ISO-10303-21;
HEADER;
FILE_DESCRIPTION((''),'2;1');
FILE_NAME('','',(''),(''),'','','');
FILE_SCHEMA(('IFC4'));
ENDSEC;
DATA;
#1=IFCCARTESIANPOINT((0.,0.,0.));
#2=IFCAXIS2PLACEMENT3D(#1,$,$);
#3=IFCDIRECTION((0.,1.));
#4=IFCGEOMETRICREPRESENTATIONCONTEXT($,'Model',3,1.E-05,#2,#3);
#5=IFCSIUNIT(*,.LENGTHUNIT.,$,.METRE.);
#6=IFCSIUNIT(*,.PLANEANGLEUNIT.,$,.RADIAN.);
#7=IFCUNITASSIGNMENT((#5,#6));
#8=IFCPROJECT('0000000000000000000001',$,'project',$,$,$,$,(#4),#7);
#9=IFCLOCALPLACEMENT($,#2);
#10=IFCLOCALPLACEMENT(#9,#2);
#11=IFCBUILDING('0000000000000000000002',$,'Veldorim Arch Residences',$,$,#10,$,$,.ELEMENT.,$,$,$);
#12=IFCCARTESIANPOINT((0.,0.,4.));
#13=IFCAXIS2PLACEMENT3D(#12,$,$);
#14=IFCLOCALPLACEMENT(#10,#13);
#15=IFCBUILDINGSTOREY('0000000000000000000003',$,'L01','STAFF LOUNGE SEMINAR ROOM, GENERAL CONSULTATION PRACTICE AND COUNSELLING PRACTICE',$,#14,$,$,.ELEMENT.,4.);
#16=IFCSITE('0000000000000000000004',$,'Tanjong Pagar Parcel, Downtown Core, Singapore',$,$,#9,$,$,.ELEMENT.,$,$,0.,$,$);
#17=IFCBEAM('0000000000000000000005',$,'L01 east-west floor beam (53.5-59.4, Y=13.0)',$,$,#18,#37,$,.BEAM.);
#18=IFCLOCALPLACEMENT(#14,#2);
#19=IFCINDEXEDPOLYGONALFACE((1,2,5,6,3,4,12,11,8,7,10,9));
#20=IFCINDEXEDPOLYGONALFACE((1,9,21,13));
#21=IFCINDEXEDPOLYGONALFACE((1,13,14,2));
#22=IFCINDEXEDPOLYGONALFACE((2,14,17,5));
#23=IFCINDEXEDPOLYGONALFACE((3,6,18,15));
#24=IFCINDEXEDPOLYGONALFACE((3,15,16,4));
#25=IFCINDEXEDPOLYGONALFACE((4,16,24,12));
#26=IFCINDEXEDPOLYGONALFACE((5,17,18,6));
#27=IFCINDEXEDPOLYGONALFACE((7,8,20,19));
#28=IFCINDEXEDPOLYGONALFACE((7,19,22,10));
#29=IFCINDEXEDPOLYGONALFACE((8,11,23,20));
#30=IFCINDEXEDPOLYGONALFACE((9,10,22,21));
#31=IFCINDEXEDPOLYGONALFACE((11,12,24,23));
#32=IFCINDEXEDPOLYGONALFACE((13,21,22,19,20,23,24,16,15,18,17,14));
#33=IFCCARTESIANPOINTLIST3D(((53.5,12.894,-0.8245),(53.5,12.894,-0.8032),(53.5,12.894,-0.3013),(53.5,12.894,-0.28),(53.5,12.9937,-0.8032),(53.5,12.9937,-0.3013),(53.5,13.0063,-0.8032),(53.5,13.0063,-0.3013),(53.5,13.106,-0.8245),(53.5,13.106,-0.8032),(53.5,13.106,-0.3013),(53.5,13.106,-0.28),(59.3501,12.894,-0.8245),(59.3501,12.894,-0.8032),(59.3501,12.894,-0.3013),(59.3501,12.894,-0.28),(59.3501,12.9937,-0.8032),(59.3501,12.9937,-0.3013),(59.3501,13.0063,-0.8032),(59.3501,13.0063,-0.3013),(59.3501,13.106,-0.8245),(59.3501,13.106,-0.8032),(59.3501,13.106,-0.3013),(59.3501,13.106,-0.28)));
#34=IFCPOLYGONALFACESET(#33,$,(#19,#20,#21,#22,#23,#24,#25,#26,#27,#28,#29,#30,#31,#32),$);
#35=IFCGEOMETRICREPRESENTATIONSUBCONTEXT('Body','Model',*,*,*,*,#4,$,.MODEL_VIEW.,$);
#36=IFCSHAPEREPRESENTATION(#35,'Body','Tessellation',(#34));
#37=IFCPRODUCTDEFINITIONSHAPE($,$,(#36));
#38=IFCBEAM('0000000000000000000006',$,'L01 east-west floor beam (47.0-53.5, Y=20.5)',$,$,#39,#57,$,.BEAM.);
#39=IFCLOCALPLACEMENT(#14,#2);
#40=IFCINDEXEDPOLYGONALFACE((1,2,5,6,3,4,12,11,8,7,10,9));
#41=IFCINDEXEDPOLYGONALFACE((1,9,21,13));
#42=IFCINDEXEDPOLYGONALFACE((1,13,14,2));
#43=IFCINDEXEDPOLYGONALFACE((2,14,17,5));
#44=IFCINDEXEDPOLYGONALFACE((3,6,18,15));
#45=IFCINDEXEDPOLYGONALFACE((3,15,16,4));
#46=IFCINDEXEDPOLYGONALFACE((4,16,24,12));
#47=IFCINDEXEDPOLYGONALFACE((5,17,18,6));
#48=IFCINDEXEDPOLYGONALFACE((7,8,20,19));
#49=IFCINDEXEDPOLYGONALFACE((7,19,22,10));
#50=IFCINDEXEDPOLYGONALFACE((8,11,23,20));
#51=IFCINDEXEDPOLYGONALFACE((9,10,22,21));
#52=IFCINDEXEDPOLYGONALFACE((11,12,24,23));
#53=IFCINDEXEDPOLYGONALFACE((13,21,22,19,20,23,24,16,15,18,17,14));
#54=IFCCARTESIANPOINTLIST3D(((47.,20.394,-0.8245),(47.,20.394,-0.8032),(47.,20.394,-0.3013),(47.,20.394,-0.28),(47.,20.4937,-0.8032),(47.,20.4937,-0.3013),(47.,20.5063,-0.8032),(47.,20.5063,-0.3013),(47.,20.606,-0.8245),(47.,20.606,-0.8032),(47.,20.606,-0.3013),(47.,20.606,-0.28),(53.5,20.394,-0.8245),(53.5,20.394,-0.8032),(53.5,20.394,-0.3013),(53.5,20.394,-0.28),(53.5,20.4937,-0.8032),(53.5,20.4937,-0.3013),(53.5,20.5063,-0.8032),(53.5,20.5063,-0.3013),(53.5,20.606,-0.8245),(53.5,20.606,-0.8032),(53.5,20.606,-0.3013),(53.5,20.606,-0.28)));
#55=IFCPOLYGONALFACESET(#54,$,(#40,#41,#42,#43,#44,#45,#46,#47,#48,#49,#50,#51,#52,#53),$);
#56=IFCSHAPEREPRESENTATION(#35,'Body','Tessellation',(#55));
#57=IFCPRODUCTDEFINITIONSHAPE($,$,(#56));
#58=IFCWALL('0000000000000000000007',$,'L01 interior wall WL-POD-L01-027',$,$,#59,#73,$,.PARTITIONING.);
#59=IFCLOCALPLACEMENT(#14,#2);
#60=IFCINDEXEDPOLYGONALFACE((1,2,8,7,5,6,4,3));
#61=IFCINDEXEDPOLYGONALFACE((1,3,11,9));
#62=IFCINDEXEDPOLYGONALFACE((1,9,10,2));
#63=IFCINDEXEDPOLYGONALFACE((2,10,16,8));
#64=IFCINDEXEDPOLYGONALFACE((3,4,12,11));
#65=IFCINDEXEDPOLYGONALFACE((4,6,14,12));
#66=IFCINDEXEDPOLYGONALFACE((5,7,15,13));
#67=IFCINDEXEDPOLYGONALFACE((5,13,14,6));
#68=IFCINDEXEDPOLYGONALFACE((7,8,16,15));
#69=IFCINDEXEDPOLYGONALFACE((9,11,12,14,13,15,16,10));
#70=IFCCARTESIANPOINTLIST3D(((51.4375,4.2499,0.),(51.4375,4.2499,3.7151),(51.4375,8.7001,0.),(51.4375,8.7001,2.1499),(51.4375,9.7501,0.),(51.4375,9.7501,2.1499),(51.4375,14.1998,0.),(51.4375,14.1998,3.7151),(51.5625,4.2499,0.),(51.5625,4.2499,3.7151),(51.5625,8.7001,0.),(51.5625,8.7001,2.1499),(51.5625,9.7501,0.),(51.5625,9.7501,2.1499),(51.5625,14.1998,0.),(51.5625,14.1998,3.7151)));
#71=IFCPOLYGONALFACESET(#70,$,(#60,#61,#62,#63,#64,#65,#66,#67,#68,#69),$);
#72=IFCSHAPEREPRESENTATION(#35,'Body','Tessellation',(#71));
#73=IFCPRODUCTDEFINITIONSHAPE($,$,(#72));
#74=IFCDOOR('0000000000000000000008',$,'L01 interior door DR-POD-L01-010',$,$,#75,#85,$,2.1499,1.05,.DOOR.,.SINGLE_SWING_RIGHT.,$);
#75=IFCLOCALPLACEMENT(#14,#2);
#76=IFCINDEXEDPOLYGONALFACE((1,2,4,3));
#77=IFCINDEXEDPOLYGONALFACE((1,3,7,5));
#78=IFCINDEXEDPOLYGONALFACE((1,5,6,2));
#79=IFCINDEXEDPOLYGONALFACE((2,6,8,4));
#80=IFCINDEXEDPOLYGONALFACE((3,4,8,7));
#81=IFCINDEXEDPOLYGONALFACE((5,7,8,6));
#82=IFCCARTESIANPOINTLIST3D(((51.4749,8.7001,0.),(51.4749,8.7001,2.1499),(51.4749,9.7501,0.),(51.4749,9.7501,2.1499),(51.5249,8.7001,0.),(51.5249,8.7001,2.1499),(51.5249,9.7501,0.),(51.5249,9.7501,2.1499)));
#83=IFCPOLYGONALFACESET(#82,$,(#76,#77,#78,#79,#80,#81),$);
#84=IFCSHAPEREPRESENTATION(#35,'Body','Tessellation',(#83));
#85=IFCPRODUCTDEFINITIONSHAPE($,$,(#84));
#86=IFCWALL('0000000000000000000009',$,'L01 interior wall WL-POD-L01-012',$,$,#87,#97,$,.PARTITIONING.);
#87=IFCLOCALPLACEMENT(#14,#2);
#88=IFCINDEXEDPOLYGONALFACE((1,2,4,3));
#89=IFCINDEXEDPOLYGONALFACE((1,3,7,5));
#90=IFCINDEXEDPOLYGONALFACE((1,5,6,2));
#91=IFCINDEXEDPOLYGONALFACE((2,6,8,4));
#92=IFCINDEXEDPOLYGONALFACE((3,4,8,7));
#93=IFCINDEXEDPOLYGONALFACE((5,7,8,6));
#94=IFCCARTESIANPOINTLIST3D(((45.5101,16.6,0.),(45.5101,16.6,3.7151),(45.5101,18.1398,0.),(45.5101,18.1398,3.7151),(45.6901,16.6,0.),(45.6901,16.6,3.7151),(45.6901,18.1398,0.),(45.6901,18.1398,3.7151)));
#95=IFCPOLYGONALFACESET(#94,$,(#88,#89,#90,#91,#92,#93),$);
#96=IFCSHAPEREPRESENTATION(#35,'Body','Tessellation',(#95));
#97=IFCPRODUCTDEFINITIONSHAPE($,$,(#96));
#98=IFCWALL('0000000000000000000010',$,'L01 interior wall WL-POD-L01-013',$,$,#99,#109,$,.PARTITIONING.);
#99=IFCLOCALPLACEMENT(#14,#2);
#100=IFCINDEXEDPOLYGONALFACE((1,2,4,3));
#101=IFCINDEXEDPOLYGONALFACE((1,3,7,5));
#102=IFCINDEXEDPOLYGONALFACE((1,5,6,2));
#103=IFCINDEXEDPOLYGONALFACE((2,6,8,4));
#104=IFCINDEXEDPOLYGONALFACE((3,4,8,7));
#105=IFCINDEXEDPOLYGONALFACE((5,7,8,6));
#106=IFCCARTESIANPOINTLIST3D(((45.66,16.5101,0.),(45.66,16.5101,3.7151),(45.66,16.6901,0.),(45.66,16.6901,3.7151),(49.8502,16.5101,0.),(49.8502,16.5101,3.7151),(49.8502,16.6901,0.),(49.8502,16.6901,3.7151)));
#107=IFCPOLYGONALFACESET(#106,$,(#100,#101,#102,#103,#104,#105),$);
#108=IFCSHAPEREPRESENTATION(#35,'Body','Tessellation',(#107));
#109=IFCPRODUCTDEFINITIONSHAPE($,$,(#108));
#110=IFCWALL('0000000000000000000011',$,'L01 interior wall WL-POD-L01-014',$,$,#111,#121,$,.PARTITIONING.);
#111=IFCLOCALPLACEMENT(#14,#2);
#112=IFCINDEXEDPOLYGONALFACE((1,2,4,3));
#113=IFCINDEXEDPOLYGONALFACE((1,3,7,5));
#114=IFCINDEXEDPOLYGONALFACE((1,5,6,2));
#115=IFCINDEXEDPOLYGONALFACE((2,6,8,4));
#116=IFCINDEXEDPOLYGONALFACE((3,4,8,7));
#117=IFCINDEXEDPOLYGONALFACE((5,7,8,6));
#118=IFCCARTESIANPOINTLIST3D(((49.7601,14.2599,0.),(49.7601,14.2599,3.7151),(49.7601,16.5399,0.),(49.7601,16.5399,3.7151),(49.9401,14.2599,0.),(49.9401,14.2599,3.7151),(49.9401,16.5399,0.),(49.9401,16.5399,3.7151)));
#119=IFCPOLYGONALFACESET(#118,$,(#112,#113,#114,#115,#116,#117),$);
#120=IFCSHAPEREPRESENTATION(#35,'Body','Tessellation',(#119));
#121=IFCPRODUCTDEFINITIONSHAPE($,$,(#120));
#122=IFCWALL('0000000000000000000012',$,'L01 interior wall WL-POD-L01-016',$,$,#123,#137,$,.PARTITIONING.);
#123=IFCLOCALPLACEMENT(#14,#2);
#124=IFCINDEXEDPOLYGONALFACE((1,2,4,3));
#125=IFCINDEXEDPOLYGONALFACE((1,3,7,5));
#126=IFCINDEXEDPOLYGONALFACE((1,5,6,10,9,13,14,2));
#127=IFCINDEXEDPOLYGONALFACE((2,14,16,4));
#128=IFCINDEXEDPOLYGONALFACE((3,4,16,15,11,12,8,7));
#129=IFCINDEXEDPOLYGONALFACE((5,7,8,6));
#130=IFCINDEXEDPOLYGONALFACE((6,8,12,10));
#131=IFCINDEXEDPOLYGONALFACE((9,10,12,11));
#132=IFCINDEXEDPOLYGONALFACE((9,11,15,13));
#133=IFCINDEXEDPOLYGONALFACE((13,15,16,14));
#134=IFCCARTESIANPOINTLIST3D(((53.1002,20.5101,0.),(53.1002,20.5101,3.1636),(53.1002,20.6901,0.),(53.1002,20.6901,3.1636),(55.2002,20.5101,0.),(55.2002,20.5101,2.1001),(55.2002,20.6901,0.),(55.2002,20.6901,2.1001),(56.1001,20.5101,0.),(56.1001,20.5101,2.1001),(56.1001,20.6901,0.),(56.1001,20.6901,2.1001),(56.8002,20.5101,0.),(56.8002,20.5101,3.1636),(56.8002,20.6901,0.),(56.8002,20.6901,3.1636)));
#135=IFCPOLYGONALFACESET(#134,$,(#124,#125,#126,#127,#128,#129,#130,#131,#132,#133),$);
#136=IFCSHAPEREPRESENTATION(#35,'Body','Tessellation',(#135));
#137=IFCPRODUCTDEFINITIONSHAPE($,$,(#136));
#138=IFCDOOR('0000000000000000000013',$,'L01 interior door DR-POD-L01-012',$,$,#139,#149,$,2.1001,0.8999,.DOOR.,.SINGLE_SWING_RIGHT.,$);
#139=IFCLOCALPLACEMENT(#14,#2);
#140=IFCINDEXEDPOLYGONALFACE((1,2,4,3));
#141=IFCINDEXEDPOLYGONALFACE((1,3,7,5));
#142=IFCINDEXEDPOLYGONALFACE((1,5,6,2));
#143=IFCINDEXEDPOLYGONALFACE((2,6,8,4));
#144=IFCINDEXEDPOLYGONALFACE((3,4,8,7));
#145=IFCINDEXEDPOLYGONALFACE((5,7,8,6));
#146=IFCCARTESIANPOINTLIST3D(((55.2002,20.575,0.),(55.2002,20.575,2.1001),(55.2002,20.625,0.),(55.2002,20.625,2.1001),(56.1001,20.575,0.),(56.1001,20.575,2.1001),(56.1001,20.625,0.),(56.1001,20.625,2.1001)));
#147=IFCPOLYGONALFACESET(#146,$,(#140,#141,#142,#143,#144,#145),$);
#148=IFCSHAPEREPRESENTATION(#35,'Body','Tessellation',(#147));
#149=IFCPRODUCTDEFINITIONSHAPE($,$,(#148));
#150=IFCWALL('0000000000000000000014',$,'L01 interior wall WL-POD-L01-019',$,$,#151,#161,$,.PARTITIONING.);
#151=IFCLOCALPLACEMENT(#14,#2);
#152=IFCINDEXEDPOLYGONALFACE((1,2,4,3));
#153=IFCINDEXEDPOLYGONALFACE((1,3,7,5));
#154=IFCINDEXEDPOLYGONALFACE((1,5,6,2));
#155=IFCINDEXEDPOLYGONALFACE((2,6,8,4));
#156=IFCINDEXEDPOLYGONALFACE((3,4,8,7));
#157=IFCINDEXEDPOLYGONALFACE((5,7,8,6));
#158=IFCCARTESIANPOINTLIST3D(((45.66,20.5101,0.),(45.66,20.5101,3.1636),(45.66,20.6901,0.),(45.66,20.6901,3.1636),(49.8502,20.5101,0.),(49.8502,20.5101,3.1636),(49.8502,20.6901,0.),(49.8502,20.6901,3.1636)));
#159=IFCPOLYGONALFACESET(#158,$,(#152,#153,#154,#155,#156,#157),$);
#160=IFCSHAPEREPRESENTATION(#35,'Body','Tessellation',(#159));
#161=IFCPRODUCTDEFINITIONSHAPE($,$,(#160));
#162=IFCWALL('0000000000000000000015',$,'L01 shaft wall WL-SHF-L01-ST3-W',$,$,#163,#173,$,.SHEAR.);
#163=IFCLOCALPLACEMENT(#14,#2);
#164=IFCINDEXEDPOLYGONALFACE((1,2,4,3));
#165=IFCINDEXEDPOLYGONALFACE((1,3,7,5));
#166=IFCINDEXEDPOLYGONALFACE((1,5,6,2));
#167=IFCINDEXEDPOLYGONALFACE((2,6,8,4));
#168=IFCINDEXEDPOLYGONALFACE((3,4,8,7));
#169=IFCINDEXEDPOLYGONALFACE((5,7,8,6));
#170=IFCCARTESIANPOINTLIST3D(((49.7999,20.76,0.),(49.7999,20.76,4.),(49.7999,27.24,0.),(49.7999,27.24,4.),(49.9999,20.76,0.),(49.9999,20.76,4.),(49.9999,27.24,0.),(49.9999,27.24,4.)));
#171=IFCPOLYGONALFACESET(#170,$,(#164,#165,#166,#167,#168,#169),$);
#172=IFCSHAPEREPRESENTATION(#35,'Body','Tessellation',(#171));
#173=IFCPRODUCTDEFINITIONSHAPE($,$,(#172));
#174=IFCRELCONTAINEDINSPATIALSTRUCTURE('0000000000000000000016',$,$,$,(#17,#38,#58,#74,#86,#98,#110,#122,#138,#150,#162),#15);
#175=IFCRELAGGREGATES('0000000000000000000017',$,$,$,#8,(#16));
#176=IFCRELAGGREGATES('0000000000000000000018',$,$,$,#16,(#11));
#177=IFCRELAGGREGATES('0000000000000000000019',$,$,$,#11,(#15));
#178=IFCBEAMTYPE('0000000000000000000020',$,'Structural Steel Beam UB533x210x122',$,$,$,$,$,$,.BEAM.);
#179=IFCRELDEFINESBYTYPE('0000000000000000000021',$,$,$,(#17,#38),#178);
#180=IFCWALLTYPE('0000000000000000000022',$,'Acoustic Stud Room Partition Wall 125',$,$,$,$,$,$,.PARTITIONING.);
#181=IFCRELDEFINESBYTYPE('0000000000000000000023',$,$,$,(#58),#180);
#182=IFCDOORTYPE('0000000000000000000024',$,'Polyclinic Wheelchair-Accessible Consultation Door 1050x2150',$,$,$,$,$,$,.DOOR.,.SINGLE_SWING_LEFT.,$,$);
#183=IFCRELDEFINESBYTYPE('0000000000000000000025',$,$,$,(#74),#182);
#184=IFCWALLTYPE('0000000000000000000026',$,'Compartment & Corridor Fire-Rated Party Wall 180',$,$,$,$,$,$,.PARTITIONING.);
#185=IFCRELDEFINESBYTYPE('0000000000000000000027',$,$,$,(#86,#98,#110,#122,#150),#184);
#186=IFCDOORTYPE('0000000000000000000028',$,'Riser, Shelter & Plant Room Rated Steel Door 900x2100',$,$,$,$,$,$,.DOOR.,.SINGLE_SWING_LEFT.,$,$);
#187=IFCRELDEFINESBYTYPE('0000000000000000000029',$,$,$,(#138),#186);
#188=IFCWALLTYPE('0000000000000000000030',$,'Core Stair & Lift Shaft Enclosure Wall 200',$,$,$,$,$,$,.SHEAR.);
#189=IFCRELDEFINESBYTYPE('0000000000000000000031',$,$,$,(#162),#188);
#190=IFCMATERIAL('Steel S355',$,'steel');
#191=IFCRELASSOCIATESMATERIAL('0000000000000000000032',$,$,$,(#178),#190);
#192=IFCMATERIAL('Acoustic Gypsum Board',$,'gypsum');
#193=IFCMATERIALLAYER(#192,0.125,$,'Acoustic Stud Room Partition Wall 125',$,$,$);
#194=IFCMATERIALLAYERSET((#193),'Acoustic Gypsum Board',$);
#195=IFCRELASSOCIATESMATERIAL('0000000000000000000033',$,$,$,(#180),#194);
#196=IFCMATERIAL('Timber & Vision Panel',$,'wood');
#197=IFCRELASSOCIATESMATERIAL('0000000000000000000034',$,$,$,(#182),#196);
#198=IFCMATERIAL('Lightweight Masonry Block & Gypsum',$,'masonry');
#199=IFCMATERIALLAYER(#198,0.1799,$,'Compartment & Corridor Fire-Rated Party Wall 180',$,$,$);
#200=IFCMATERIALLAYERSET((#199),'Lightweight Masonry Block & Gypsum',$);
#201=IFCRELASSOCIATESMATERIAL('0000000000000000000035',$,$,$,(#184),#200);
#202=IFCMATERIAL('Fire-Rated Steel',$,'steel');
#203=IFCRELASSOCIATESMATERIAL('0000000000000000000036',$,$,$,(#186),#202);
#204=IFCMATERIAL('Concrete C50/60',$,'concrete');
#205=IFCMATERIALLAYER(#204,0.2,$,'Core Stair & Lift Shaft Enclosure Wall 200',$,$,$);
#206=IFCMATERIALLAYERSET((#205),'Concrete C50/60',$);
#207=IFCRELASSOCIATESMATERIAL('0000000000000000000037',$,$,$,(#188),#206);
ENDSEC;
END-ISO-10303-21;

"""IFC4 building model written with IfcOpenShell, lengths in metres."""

from ifc_helpers import new_model, si_unit, direction, frame, frame_2d, origin, origin_2d, place, context, subcontext, project, spatial, rectangle, i_section, extrude, material, layer, layer_set, material_profile, profile_set, type_object, element, fill, save


model = new_model("IFC4")

# Units and contexts
model_context = context("Model", 3, precision=1e-05, world=origin(), true_north=direction((0.0, 1.0)))
body_context = subcontext(model_context, "Body", "Model", "MODEL_VIEW")
ifc_project = project(units=[si_unit("LENGTHUNIT", "METRE"), si_unit("PLANEANGLEUNIT", "RADIAN")], contexts=[model_context])

# Site, building, storey
site_placement = place(None, origin())
site = spatial("IfcSite", under=ifc_project, at=site_placement, Name="Tanjong Pagar Parcel, Downtown Core, Singapore", CompositionType="ELEMENT", RefElevation=0.0)
building_placement = place(site_placement, origin())
building = spatial("IfcBuilding", under=site, at=building_placement, Name="Veldorim Arch Residences", CompositionType="ELEMENT")
storey_placement = place(building_placement, frame((0.0, 0.0, 4.0)))
storey = spatial("IfcBuildingStorey", under=building, at=storey_placement, Name="L01", Description="STAFF LOUNGE SEMINAR ROOM, GENERAL CONSULTATION PRACTICE AND COUNSELLING PRACTICE", CompositionType="ELEMENT", Elevation=4.0)

# Beams
ifc_material_1 = material(Name="Steel S355", Category="steel")
ifc_material_profile_1 = material_profile(ifc_material_1, i_section(OverallWidth=0.2119, OverallDepth=0.5444, WebThickness=0.0127, FlangeThickness=0.0212, at=origin_2d()), Name="UB533x210x122")
ifc_profile_set_1 = profile_set([ifc_material_profile_1], Name="Steel S355")
beam_type_1 = type_object("IfcBeamType", Name="Structural Steel Beam UB533x210x122", PredefinedType="BEAM", material=ifc_profile_set_1)
beam_1_placement = place(storey_placement, frame((53.5, 13.0, -0.5522), z_axis=(1.0, 0.0, 0.0), x_axis=(0.0, 1.0, 0.0)))
element("IfcBeam", 1, at=beam_1_placement, inside=storey, type_object=beam_type_1, Name="L01 east-west floor beam (53.5-59.4, Y=13.0)", PredefinedType="BEAM", context=body_context, shape_type="SweptSolid", body=[
    extrude(i_section(OverallWidth=0.2119, OverallDepth=0.5444, WebThickness=0.0127, FlangeThickness=0.0212, at=origin_2d()), origin(), (0.0, 0.0, 1.0), 5.8501),
])
beam_2_placement = place(storey_placement, frame((47.0, 20.5, -0.5522), z_axis=(1.0, 0.0, 0.0), x_axis=(0.0, 1.0, 0.0)))
element("IfcBeam", 2, at=beam_2_placement, inside=storey, type_object=beam_type_1, Name="L01 east-west floor beam (47.0-53.5, Y=20.5)", PredefinedType="BEAM", context=body_context, shape_type="SweptSolid", body=[
    extrude(i_section(OverallWidth=0.2119, OverallDepth=0.5444, WebThickness=0.0127, FlangeThickness=0.0212, at=origin_2d()), origin(), (0.0, 0.0, 1.0), 6.5),
])

# Wall, opening, door
ifc_material_2 = material(Name="Acoustic Gypsum Board", Category="gypsum")
ifc_layer_1 = layer(ifc_material_2, 0.125, Name="Acoustic Stud Room Partition Wall 125")
ifc_layer_set_1 = layer_set([ifc_layer_1], Name="Acoustic Gypsum Board")
wall_type_1 = type_object("IfcWallType", Name="Acoustic Stud Room Partition Wall 125", PredefinedType="PARTITIONING", material=ifc_layer_set_1)
wall_1_placement = place(storey_placement, frame((51.5, 14.2, 0.0), z_axis=(0.0, 0.0, 1.0), x_axis=(0.0, -1.0, 0.0)))
wall_1 = element("IfcWall", 3, at=wall_1_placement, inside=storey, type_object=wall_type_1, Name="L01 interior wall WL-POD-L01-027", PredefinedType="PARTITIONING", context=body_context, shape_type="SweptSolid", body=[
    extrude(rectangle(XDim=9.95, YDim=0.125, at=frame_2d((4.9751, 0.0))), origin(), (0.0, 0.0, 1.0), 3.7151),
])
opening_1_placement = place(wall_1_placement, frame((4.45, 0.0, 0.0)))
opening_1 = element("IfcOpeningElement", 4, at=opening_1_placement, cuts=wall_1, PredefinedType="OPENING", context=body_context, shape_type="SweptSolid", body=[
    extrude(rectangle(XDim=1.05, YDim=2.1499, at=frame_2d((0.5249, 1.075))), frame((0.0, 0.0725, 0.0), z_axis=(0.0, -1.0, 0.0), x_axis=(1.0, 0.0, 0.0)), (0.0, 0.0, 1.0), 0.145),
])
ifc_material_3 = material(Name="Timber & Vision Panel", Category="wood")
door_type_1 = type_object("IfcDoorType", Name="Polyclinic Wheelchair-Accessible Consultation Door 1050x2150", OperationType="SINGLE_SWING_LEFT", PredefinedType="DOOR", material=ifc_material_3)
door_1_placement = place(opening_1_placement, origin())
door_1 = element("IfcDoor", 5, at=door_1_placement, inside=storey, type_object=door_type_1, Name="L01 interior door DR-POD-L01-010", OperationType="SINGLE_SWING_RIGHT", OverallHeight=2.1499, OverallWidth=1.05, PredefinedType="DOOR", context=body_context, shape_type="SweptSolid", body=[
    extrude(rectangle(XDim=1.05, YDim=2.1499, at=frame_2d((0.5249, 1.075))), frame((0.0, 0.0249, 0.0), z_axis=(0.0, -1.0, 0.0), x_axis=(1.0, 0.0, 0.0)), (0.0, 0.0, 1.0), 0.05),
])
fill(opening_1, door_1)

# Walls
ifc_material_4 = material(Name="Lightweight Masonry Block & Gypsum", Category="masonry")
ifc_layer_2 = layer(ifc_material_4, 0.1799, Name="Compartment & Corridor Fire-Rated Party Wall 180")
ifc_layer_set_2 = layer_set([ifc_layer_2], Name="Lightweight Masonry Block & Gypsum")
wall_type_2 = type_object("IfcWallType", Name="Compartment & Corridor Fire-Rated Party Wall 180", PredefinedType="PARTITIONING", material=ifc_layer_set_2)
wall_2_placement = place(storey_placement, frame((45.6001, 18.1399, 0.0), z_axis=(0.0, 0.0, 1.0), x_axis=(0.0, -1.0, 0.0)))
element("IfcWall", 6, at=wall_2_placement, inside=storey, type_object=wall_type_2, Name="L01 interior wall WL-POD-L01-012", PredefinedType="PARTITIONING", context=body_context, shape_type="SweptSolid", body=[
    extrude(rectangle(XDim=1.5398, YDim=0.1799, at=frame_2d((0.77, 0.0))), origin(), (0.0, 0.0, 1.0), 3.7151),
])
wall_3_placement = place(storey_placement, frame((45.6599, 16.6001, 0.0), z_axis=(0.0, 0.0, 1.0), x_axis=(1.0, 0.0, 0.0)))
element("IfcWall", 7, at=wall_3_placement, inside=storey, type_object=wall_type_2, Name="L01 interior wall WL-POD-L01-013", PredefinedType="PARTITIONING", context=body_context, shape_type="SweptSolid", body=[
    extrude(rectangle(XDim=4.1902, YDim=0.1799, at=frame_2d((2.0952, 0.0))), origin(), (0.0, 0.0, 1.0), 3.7151),
])
wall_4_placement = place(storey_placement, frame((49.8501, 16.54, 0.0), z_axis=(0.0, 0.0, 1.0), x_axis=(0.0, -1.0, 0.0)))
element("IfcWall", 8, at=wall_4_placement, inside=storey, type_object=wall_type_2, Name="L01 interior wall WL-POD-L01-014", PredefinedType="PARTITIONING", context=body_context, shape_type="SweptSolid", body=[
    extrude(rectangle(XDim=2.28, YDim=0.1799, at=frame_2d((1.1401, 0.0))), origin(), (0.0, 0.0, 1.0), 3.7151),
])

# Wall, opening, door
wall_5_placement = place(storey_placement, frame((53.1001, 20.6001, 0.0), z_axis=(0.0, 0.0, 1.0), x_axis=(1.0, 0.0, 0.0)))
wall_5 = element("IfcWall", 9, at=wall_5_placement, inside=storey, type_object=wall_type_2, Name="L01 interior wall WL-POD-L01-016", PredefinedType="PARTITIONING", context=body_context, shape_type="SweptSolid", body=[
    extrude(rectangle(XDim=3.7, YDim=0.1799, at=frame_2d((1.8501, 0.0))), origin(), (0.0, 0.0, 1.0), 3.1636),
])
opening_2_placement = place(wall_5_placement, frame((2.1001, 0.0, 0.0)))
opening_2 = element("IfcOpeningElement", 10, at=opening_2_placement, cuts=wall_5, PredefinedType="OPENING", context=body_context, shape_type="SweptSolid", body=[
    extrude(rectangle(XDim=0.8999, YDim=2.1001, at=frame_2d((0.45, 1.05))), frame((0.0, 0.0999, 0.0), z_axis=(0.0, -1.0, 0.0), x_axis=(1.0, 0.0, 0.0)), (0.0, 0.0, 1.0), 0.2),
])
ifc_material_5 = material(Name="Fire-Rated Steel", Category="steel")
door_type_2 = type_object("IfcDoorType", Name="Riser, Shelter & Plant Room Rated Steel Door 900x2100", OperationType="SINGLE_SWING_LEFT", PredefinedType="DOOR", material=ifc_material_5)
door_2_placement = place(opening_2_placement, origin())
door_2 = element("IfcDoor", 11, at=door_2_placement, inside=storey, type_object=door_type_2, Name="L01 interior door DR-POD-L01-012", OperationType="SINGLE_SWING_RIGHT", OverallHeight=2.1001, OverallWidth=0.8999, PredefinedType="DOOR", context=body_context, shape_type="SweptSolid", body=[
    extrude(rectangle(XDim=0.8999, YDim=2.1001, at=frame_2d((0.45, 1.05))), frame((0.0, 0.0249, 0.0), z_axis=(0.0, -1.0, 0.0), x_axis=(1.0, 0.0, 0.0)), (0.0, 0.0, 1.0), 0.05),
])
fill(opening_2, door_2)

# Walls
wall_6_placement = place(storey_placement, frame((45.6599, 20.6001, 0.0), z_axis=(0.0, 0.0, 1.0), x_axis=(1.0, 0.0, 0.0)))
element("IfcWall", 12, at=wall_6_placement, inside=storey, type_object=wall_type_2, Name="L01 interior wall WL-POD-L01-019", PredefinedType="PARTITIONING", context=body_context, shape_type="SweptSolid", body=[
    extrude(rectangle(XDim=4.1902, YDim=0.1799, at=frame_2d((2.0952, 0.0))), origin(), (0.0, 0.0, 1.0), 3.1636),
])
ifc_material_6 = material(Name="Concrete C50/60", Category="concrete")
ifc_layer_3 = layer(ifc_material_6, 0.2, Name="Core Stair & Lift Shaft Enclosure Wall 200")
ifc_layer_set_3 = layer_set([ifc_layer_3], Name="Concrete C50/60")
wall_type_3 = type_object("IfcWallType", Name="Core Stair & Lift Shaft Enclosure Wall 200", PredefinedType="SHEAR", material=ifc_layer_set_3)
wall_7_placement = place(storey_placement, frame((49.8999, 20.76, 0.0), z_axis=(0.0, 0.0, 1.0), x_axis=(0.0, 1.0, 0.0)))
element("IfcWall", 13, at=wall_7_placement, inside=storey, type_object=wall_type_3, Name="L01 shaft wall WL-SHF-L01-ST3-W", PredefinedType="SHEAR", context=body_context, shape_type="SweptSolid", body=[
    extrude(rectangle(XDim=6.48, YDim=0.2, at=frame_2d((3.24, 0.0))), origin(), (0.0, 0.0, 1.0), 4.0),
])

save(model, "model.ifc")
